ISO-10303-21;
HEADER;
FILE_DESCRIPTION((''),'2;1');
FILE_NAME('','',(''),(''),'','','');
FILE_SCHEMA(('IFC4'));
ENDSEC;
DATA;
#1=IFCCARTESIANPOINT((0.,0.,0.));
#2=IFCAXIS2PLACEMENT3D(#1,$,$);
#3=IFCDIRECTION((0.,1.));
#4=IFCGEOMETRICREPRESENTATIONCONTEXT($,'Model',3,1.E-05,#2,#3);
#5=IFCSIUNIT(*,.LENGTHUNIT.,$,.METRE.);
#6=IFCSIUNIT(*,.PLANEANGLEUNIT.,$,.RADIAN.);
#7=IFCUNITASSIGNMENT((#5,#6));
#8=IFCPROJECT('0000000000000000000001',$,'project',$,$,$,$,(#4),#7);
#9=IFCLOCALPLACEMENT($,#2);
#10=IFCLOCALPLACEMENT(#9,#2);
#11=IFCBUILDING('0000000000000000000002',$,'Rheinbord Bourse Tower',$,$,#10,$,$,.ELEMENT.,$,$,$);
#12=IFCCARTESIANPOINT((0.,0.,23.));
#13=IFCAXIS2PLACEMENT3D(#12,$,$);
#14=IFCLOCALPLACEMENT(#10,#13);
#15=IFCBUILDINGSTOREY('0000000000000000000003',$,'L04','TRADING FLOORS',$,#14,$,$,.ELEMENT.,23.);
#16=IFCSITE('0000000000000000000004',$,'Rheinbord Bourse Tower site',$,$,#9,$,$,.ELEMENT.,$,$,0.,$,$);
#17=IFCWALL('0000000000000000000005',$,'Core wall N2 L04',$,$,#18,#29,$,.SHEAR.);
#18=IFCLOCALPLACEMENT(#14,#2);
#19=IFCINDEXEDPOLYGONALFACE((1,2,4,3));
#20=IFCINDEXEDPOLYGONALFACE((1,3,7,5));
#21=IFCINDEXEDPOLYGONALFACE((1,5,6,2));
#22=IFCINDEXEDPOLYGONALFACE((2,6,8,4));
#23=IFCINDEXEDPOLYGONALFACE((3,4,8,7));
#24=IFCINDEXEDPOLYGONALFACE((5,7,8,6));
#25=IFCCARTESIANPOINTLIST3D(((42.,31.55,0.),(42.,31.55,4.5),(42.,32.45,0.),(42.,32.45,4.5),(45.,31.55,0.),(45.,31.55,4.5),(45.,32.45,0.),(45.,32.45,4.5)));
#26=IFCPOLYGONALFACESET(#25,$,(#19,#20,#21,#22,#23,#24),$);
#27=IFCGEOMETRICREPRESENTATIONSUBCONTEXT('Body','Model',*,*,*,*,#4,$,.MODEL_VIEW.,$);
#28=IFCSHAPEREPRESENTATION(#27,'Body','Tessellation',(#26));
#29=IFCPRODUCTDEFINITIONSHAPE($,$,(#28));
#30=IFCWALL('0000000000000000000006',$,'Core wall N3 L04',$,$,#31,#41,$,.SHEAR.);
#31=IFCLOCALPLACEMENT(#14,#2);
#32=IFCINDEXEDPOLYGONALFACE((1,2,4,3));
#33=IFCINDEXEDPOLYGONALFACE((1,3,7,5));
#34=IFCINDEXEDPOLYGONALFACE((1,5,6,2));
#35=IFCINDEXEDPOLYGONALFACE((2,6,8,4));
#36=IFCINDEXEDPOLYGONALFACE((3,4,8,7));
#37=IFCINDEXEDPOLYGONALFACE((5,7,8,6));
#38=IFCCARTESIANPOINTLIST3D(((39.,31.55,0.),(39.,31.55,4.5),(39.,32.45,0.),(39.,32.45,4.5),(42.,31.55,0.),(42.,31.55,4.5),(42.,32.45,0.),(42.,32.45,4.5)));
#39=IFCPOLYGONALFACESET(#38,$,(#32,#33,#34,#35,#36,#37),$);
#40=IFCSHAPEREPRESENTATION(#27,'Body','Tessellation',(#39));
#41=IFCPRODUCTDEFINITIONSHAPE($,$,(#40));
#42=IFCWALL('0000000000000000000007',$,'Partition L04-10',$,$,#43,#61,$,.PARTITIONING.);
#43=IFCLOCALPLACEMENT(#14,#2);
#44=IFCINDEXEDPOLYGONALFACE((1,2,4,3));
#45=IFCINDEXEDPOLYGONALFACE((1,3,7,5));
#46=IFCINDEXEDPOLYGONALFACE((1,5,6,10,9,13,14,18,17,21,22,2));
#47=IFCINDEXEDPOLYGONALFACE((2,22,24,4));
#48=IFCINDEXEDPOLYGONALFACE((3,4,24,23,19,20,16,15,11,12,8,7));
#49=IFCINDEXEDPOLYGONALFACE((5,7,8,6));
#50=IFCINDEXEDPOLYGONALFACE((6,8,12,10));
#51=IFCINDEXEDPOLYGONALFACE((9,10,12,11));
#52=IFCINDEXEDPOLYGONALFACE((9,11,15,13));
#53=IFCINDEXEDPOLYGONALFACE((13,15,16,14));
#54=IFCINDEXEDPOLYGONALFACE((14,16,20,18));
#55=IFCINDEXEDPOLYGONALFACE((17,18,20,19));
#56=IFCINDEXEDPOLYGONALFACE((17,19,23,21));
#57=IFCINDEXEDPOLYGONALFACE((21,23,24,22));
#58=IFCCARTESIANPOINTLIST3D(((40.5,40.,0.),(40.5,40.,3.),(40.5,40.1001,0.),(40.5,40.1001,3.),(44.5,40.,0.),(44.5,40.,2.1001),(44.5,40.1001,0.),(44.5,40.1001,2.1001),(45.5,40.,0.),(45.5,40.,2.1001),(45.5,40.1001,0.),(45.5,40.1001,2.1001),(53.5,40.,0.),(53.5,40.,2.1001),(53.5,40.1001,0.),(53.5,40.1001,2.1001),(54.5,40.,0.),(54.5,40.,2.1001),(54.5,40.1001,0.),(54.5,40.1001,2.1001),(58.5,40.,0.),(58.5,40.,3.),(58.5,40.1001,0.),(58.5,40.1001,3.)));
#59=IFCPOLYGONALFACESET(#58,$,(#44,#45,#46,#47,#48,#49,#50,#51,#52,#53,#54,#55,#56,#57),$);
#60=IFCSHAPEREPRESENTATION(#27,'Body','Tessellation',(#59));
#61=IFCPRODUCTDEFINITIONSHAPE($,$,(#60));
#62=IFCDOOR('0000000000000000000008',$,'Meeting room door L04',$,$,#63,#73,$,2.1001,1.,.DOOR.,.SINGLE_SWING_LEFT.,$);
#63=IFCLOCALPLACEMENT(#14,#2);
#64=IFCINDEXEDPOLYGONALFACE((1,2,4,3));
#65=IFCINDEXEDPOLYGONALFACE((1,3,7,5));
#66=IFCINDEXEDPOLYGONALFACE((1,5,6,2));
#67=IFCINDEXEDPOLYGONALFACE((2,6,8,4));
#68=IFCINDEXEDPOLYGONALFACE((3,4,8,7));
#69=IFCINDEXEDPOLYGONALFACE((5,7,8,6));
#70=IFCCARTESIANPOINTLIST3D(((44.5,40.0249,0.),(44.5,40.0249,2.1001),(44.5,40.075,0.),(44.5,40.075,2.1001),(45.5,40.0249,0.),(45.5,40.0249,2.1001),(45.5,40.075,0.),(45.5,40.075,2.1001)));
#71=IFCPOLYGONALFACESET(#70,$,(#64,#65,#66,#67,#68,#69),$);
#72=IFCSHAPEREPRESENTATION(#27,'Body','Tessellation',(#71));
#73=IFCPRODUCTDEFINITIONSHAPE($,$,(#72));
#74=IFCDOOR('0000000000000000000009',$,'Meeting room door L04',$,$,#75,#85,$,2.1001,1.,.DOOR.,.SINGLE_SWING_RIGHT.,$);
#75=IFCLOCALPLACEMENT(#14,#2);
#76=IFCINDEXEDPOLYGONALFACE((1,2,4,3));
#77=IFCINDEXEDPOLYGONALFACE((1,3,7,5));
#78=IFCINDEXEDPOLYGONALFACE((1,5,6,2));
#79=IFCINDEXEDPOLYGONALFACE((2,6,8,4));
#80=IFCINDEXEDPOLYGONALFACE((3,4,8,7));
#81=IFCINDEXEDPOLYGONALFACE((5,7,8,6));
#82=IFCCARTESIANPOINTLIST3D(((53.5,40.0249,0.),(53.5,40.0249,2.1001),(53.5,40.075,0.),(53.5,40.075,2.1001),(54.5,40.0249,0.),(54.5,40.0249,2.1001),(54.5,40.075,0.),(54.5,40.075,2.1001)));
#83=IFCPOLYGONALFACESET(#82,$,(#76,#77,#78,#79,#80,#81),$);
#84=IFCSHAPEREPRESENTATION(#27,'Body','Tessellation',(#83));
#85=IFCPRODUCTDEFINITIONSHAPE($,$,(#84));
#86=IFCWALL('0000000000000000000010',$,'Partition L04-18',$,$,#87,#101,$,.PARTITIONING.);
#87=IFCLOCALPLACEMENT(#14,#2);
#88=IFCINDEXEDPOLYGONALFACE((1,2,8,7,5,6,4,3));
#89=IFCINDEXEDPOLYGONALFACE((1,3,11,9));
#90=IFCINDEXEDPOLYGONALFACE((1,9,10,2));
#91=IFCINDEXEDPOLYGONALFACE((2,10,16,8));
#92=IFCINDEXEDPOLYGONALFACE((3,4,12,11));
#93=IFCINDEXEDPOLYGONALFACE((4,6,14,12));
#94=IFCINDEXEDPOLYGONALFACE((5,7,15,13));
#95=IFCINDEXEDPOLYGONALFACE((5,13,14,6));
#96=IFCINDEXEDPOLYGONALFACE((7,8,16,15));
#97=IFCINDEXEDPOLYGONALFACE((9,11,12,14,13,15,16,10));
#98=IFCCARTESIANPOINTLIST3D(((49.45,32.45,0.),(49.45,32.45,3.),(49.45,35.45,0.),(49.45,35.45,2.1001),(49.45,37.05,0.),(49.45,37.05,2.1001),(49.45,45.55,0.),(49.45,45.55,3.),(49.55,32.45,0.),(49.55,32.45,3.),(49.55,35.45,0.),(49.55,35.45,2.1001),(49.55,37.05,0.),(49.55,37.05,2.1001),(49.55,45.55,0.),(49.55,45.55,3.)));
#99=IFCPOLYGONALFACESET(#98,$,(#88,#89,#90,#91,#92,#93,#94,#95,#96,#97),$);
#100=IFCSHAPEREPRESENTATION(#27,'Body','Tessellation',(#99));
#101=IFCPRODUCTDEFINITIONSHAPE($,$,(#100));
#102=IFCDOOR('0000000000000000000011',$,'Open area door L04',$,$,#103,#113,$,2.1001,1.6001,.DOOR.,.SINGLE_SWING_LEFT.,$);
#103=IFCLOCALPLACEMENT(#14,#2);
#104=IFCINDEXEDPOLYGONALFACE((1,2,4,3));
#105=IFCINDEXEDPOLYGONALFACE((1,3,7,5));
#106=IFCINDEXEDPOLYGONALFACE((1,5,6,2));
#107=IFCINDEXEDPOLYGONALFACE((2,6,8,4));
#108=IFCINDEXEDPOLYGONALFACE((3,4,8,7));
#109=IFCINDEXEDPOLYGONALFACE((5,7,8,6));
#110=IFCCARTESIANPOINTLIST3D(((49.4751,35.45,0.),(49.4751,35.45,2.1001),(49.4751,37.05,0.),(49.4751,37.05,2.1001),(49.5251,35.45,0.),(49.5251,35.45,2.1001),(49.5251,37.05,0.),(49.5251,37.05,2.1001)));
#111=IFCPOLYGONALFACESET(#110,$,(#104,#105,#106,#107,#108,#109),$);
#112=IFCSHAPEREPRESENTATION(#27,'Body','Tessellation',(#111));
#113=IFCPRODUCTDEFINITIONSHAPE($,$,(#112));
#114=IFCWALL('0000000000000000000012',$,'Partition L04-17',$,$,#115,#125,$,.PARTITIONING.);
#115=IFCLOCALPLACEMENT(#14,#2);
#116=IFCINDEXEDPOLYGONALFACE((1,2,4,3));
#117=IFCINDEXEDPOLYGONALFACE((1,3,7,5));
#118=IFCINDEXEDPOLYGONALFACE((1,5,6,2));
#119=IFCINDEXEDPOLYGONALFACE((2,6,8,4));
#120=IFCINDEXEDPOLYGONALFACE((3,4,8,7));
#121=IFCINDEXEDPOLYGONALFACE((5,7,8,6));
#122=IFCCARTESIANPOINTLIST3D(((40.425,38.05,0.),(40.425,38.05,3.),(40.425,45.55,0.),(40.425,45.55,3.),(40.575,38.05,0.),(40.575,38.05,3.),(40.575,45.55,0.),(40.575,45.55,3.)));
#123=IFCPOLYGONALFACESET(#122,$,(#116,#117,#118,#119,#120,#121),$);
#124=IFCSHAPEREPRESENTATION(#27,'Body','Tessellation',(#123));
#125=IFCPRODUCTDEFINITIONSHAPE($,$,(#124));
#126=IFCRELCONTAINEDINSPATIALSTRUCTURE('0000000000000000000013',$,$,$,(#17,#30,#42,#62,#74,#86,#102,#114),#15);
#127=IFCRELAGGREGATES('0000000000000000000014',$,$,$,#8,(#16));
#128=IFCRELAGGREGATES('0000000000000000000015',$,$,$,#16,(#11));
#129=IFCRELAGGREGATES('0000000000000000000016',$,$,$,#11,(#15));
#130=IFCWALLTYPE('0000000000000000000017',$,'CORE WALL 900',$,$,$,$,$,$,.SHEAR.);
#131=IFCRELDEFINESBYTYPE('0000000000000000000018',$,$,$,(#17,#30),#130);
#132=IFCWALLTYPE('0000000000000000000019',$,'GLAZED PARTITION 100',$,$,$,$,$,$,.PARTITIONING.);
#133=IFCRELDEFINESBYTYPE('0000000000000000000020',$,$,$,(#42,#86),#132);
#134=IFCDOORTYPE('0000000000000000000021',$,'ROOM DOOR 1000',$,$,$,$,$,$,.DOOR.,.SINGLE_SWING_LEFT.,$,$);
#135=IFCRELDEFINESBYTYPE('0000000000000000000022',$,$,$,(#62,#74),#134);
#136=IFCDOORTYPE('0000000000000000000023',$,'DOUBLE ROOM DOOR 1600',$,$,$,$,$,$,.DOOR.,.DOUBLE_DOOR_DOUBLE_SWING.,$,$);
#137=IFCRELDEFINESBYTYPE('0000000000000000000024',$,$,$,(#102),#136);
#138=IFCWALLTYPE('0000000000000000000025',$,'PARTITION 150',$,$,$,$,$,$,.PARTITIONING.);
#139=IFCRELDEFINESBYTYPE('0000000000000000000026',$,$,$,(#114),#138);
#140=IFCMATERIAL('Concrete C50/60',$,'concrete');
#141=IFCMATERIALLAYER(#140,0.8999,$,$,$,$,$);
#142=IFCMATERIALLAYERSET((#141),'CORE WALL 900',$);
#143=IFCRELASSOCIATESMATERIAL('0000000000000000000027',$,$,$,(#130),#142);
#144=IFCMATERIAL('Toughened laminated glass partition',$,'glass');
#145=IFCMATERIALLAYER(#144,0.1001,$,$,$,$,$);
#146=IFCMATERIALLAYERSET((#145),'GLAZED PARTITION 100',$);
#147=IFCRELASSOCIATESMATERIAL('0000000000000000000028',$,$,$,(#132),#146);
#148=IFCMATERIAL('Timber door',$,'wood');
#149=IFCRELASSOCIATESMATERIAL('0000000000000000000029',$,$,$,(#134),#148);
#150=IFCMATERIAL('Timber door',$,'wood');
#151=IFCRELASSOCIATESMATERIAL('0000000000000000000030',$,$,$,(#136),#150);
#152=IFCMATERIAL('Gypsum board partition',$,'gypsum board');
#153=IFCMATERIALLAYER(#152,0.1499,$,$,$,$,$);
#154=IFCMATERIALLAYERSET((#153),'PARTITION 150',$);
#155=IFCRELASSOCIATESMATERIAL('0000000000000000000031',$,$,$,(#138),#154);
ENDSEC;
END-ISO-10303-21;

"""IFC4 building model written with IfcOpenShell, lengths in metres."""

from ifc_helpers import new_model, si_unit, direction, frame, frame_2d, origin, place, context, subcontext, project, spatial, rectangle, extrude, material, layer, layer_set, type_object, element, fill, save


model = new_model("IFC4")

# Units and contexts
model_context = context("Model", 3, precision=1e-05, world=origin(), true_north=direction((0.0, 1.0)))
body_context = subcontext(model_context, "Body", "Model", "MODEL_VIEW")
ifc_project = project(units=[si_unit("LENGTHUNIT", "METRE"), si_unit("PLANEANGLEUNIT", "RADIAN")], contexts=[model_context])

# Site, building, storey
site_placement = place(None, origin())
site = spatial("IfcSite", under=ifc_project, at=site_placement, Name="Rheinbord Bourse Tower site", CompositionType="ELEMENT", RefElevation=0.0)
building_placement = place(site_placement, origin())
building = spatial("IfcBuilding", under=site, at=building_placement, Name="Rheinbord Bourse Tower", CompositionType="ELEMENT")
storey_placement = place(building_placement, frame((0.0, 0.0, 23.0)))
storey = spatial("IfcBuildingStorey", under=building, at=storey_placement, Name="L04", Description="TRADING FLOORS", CompositionType="ELEMENT", Elevation=23.0)

# Walls
ifc_material_1 = material(Name="Concrete C50/60", Category="concrete")
ifc_layer_1 = layer(ifc_material_1, 0.8999)
ifc_layer_set_1 = layer_set([ifc_layer_1], Name="CORE WALL 900")
wall_type_1 = type_object("IfcWallType", Name="CORE WALL 900", PredefinedType="SHEAR", material=ifc_layer_set_1)
for number, where, z_axis, x_axis, name in (
    (1, (45.0, 32.0, 0.0), (0.0, 0.0, 1.0), (-1.0, 0.0, 0.0), "Core wall N2 L04"),
    (2, (42.0, 32.0, 0.0), (0.0, 0.0, 1.0), (-1.0, 0.0, 0.0), "Core wall N3 L04"),
):
    element("IfcWall", number, at=place(storey_placement, frame(where, z_axis=z_axis, x_axis=x_axis)), inside=storey, type_object=wall_type_1, Name=name, PredefinedType="SHEAR", context=body_context, shape_type="SweptSolid", body=[
        extrude(rectangle(XDim=3.0, YDim=0.8999, at=frame_2d((1.5, 0.0))), origin(), (0.0, 0.0, 1.0), 4.5),
    ])

# Wall, openings, doors
ifc_material_2 = material(Name="Toughened laminated glass partition", Category="glass")
ifc_layer_2 = layer(ifc_material_2, 0.1001)
ifc_layer_set_2 = layer_set([ifc_layer_2], Name="GLAZED PARTITION 100")
wall_type_2 = type_object("IfcWallType", Name="GLAZED PARTITION 100", PredefinedType="PARTITIONING", material=ifc_layer_set_2)
wall_1_placement = place(storey_placement, frame((40.5, 40.05, 0.0), z_axis=(0.0, 0.0, 1.0), x_axis=(1.0, 0.0, 0.0)))
wall_1 = element("IfcWall", 3, at=wall_1_placement, inside=storey, type_object=wall_type_2, Name="Partition L04-10", PredefinedType="PARTITIONING", context=body_context, shape_type="SweptSolid", body=[
    extrude(rectangle(XDim=18.0, YDim=0.1001, at=frame_2d((9.0, 0.0))), origin(), (0.0, 0.0, 1.0), 3.0),
])
opening_1_placement = place(wall_1_placement, frame((4.0, 0.0, 0.0)))
opening_1 = element("IfcOpeningElement", 4, at=opening_1_placement, cuts=wall_1, PredefinedType="OPENING", context=body_context, shape_type="SweptSolid", body=[
    extrude(rectangle(XDim=1.0, YDim=2.1001, at=frame_2d((0.5, 1.05))), frame((0.0, 0.0601, 0.0), z_axis=(0.0, -1.0, 0.0), x_axis=(1.0, 0.0, 0.0)), (0.0, 0.0, 1.0), 0.1201),
])
opening_2_placement = place(wall_1_placement, frame((13.0, 0.0, 0.0)))
opening_2 = element("IfcOpeningElement", 5, at=opening_2_placement, cuts=wall_1, PredefinedType="OPENING", context=body_context, shape_type="SweptSolid", body=[
    extrude(rectangle(XDim=1.0, YDim=2.1001, at=frame_2d((0.5, 1.05))), frame((0.0, 0.0601, 0.0), z_axis=(0.0, -1.0, 0.0), x_axis=(1.0, 0.0, 0.0)), (0.0, 0.0, 1.0), 0.1201),
])
ifc_material_3 = material(Name="Timber door", Category="wood")
door_type_1 = type_object("IfcDoorType", Name="ROOM DOOR 1000", OperationType="SINGLE_SWING_LEFT", PredefinedType="DOOR", material=ifc_material_3)
door_1_placement = place(opening_1_placement, origin())
door_1 = element("IfcDoor", 6, at=door_1_placement, inside=storey, type_object=door_type_1, Name="Meeting room door L04", OperationType="SINGLE_SWING_LEFT", OverallHeight=2.1001, OverallWidth=1.0, PredefinedType="DOOR", context=body_context, shape_type="SweptSolid", body=[
    extrude(rectangle(XDim=1.0, YDim=2.1001, at=frame_2d((0.5, 1.05))), frame((0.0, 0.0249, 0.0), z_axis=(0.0, -1.0, 0.0), x_axis=(1.0, 0.0, 0.0)), (0.0, 0.0, 1.0), 0.05),
])
fill(opening_1, door_1)
door_2_placement = place(opening_2_placement, origin())
door_2 = element("IfcDoor", 7, at=door_2_placement, inside=storey, type_object=door_type_1, Name="Meeting room door L04", OperationType="SINGLE_SWING_RIGHT", OverallHeight=2.1001, OverallWidth=1.0, PredefinedType="DOOR", context=body_context, shape_type="SweptSolid", body=[
    extrude(rectangle(XDim=1.0, YDim=2.1001, at=frame_2d((0.5, 1.05))), frame((0.0, 0.0249, 0.0), z_axis=(0.0, -1.0, 0.0), x_axis=(1.0, 0.0, 0.0)), (0.0, 0.0, 1.0), 0.05),
])
fill(opening_2, door_2)

# Wall, opening, door
wall_2_placement = place(storey_placement, frame((49.5, 32.45, 0.0), z_axis=(0.0, 0.0, 1.0), x_axis=(0.0, 1.0, 0.0)))
wall_2 = element("IfcWall", 8, at=wall_2_placement, inside=storey, type_object=wall_type_2, Name="Partition L04-18", PredefinedType="PARTITIONING", context=body_context, shape_type="SweptSolid", body=[
    extrude(rectangle(XDim=13.1001, YDim=0.1001, at=frame_2d((6.55, 0.0))), origin(), (0.0, 0.0, 1.0), 3.0),
])
opening_3_placement = place(wall_2_placement, frame((3.0, 0.0, 0.0)))
opening_3 = element("IfcOpeningElement", 9, at=opening_3_placement, cuts=wall_2, PredefinedType="OPENING", context=body_context, shape_type="SweptSolid", body=[
    extrude(rectangle(XDim=1.6001, YDim=2.1001, at=frame_2d((0.8, 1.05))), frame((0.0, 0.0601, 0.0), z_axis=(0.0, -1.0, 0.0), x_axis=(1.0, 0.0, 0.0)), (0.0, 0.0, 1.0), 0.1201),
])
ifc_material_4 = material(Name="Timber door", Category="wood")
door_type_2 = type_object("IfcDoorType", Name="DOUBLE ROOM DOOR 1600", OperationType="DOUBLE_DOOR_DOUBLE_SWING", PredefinedType="DOOR", material=ifc_material_4)
door_3_placement = place(opening_3_placement, origin())
door_3 = element("IfcDoor", 10, at=door_3_placement, inside=storey, type_object=door_type_2, Name="Open area door L04", OperationType="SINGLE_SWING_LEFT", OverallHeight=2.1001, OverallWidth=1.6001, PredefinedType="DOOR", context=body_context, shape_type="SweptSolid", body=[
    extrude(rectangle(XDim=1.6001, YDim=2.1001, at=frame_2d((0.8, 1.05))), frame((0.0, 0.0249, 0.0), z_axis=(0.0, -1.0, 0.0), x_axis=(1.0, 0.0, 0.0)), (0.0, 0.0, 1.0), 0.05),
])
fill(opening_3, door_3)

# Wall
ifc_material_5 = material(Name="Gypsum board partition", Category="gypsum board")
ifc_layer_3 = layer(ifc_material_5, 0.1499)
ifc_layer_set_3 = layer_set([ifc_layer_3], Name="PARTITION 150")
wall_type_3 = type_object("IfcWallType", Name="PARTITION 150", PredefinedType="PARTITIONING", material=ifc_layer_set_3)
wall_3_placement = place(storey_placement, frame((40.5, 38.05, 0.0), z_axis=(0.0, 0.0, 1.0), x_axis=(0.0, 1.0, 0.0)))
element("IfcWall", 11, at=wall_3_placement, inside=storey, type_object=wall_type_3, Name="Partition L04-17", PredefinedType="PARTITIONING", context=body_context, shape_type="SweptSolid", body=[
    extrude(rectangle(XDim=7.5, YDim=0.1499, at=frame_2d((3.75, 0.0))), origin(), (0.0, 0.0, 1.0), 3.0),
])

save(model, "model.ifc")
